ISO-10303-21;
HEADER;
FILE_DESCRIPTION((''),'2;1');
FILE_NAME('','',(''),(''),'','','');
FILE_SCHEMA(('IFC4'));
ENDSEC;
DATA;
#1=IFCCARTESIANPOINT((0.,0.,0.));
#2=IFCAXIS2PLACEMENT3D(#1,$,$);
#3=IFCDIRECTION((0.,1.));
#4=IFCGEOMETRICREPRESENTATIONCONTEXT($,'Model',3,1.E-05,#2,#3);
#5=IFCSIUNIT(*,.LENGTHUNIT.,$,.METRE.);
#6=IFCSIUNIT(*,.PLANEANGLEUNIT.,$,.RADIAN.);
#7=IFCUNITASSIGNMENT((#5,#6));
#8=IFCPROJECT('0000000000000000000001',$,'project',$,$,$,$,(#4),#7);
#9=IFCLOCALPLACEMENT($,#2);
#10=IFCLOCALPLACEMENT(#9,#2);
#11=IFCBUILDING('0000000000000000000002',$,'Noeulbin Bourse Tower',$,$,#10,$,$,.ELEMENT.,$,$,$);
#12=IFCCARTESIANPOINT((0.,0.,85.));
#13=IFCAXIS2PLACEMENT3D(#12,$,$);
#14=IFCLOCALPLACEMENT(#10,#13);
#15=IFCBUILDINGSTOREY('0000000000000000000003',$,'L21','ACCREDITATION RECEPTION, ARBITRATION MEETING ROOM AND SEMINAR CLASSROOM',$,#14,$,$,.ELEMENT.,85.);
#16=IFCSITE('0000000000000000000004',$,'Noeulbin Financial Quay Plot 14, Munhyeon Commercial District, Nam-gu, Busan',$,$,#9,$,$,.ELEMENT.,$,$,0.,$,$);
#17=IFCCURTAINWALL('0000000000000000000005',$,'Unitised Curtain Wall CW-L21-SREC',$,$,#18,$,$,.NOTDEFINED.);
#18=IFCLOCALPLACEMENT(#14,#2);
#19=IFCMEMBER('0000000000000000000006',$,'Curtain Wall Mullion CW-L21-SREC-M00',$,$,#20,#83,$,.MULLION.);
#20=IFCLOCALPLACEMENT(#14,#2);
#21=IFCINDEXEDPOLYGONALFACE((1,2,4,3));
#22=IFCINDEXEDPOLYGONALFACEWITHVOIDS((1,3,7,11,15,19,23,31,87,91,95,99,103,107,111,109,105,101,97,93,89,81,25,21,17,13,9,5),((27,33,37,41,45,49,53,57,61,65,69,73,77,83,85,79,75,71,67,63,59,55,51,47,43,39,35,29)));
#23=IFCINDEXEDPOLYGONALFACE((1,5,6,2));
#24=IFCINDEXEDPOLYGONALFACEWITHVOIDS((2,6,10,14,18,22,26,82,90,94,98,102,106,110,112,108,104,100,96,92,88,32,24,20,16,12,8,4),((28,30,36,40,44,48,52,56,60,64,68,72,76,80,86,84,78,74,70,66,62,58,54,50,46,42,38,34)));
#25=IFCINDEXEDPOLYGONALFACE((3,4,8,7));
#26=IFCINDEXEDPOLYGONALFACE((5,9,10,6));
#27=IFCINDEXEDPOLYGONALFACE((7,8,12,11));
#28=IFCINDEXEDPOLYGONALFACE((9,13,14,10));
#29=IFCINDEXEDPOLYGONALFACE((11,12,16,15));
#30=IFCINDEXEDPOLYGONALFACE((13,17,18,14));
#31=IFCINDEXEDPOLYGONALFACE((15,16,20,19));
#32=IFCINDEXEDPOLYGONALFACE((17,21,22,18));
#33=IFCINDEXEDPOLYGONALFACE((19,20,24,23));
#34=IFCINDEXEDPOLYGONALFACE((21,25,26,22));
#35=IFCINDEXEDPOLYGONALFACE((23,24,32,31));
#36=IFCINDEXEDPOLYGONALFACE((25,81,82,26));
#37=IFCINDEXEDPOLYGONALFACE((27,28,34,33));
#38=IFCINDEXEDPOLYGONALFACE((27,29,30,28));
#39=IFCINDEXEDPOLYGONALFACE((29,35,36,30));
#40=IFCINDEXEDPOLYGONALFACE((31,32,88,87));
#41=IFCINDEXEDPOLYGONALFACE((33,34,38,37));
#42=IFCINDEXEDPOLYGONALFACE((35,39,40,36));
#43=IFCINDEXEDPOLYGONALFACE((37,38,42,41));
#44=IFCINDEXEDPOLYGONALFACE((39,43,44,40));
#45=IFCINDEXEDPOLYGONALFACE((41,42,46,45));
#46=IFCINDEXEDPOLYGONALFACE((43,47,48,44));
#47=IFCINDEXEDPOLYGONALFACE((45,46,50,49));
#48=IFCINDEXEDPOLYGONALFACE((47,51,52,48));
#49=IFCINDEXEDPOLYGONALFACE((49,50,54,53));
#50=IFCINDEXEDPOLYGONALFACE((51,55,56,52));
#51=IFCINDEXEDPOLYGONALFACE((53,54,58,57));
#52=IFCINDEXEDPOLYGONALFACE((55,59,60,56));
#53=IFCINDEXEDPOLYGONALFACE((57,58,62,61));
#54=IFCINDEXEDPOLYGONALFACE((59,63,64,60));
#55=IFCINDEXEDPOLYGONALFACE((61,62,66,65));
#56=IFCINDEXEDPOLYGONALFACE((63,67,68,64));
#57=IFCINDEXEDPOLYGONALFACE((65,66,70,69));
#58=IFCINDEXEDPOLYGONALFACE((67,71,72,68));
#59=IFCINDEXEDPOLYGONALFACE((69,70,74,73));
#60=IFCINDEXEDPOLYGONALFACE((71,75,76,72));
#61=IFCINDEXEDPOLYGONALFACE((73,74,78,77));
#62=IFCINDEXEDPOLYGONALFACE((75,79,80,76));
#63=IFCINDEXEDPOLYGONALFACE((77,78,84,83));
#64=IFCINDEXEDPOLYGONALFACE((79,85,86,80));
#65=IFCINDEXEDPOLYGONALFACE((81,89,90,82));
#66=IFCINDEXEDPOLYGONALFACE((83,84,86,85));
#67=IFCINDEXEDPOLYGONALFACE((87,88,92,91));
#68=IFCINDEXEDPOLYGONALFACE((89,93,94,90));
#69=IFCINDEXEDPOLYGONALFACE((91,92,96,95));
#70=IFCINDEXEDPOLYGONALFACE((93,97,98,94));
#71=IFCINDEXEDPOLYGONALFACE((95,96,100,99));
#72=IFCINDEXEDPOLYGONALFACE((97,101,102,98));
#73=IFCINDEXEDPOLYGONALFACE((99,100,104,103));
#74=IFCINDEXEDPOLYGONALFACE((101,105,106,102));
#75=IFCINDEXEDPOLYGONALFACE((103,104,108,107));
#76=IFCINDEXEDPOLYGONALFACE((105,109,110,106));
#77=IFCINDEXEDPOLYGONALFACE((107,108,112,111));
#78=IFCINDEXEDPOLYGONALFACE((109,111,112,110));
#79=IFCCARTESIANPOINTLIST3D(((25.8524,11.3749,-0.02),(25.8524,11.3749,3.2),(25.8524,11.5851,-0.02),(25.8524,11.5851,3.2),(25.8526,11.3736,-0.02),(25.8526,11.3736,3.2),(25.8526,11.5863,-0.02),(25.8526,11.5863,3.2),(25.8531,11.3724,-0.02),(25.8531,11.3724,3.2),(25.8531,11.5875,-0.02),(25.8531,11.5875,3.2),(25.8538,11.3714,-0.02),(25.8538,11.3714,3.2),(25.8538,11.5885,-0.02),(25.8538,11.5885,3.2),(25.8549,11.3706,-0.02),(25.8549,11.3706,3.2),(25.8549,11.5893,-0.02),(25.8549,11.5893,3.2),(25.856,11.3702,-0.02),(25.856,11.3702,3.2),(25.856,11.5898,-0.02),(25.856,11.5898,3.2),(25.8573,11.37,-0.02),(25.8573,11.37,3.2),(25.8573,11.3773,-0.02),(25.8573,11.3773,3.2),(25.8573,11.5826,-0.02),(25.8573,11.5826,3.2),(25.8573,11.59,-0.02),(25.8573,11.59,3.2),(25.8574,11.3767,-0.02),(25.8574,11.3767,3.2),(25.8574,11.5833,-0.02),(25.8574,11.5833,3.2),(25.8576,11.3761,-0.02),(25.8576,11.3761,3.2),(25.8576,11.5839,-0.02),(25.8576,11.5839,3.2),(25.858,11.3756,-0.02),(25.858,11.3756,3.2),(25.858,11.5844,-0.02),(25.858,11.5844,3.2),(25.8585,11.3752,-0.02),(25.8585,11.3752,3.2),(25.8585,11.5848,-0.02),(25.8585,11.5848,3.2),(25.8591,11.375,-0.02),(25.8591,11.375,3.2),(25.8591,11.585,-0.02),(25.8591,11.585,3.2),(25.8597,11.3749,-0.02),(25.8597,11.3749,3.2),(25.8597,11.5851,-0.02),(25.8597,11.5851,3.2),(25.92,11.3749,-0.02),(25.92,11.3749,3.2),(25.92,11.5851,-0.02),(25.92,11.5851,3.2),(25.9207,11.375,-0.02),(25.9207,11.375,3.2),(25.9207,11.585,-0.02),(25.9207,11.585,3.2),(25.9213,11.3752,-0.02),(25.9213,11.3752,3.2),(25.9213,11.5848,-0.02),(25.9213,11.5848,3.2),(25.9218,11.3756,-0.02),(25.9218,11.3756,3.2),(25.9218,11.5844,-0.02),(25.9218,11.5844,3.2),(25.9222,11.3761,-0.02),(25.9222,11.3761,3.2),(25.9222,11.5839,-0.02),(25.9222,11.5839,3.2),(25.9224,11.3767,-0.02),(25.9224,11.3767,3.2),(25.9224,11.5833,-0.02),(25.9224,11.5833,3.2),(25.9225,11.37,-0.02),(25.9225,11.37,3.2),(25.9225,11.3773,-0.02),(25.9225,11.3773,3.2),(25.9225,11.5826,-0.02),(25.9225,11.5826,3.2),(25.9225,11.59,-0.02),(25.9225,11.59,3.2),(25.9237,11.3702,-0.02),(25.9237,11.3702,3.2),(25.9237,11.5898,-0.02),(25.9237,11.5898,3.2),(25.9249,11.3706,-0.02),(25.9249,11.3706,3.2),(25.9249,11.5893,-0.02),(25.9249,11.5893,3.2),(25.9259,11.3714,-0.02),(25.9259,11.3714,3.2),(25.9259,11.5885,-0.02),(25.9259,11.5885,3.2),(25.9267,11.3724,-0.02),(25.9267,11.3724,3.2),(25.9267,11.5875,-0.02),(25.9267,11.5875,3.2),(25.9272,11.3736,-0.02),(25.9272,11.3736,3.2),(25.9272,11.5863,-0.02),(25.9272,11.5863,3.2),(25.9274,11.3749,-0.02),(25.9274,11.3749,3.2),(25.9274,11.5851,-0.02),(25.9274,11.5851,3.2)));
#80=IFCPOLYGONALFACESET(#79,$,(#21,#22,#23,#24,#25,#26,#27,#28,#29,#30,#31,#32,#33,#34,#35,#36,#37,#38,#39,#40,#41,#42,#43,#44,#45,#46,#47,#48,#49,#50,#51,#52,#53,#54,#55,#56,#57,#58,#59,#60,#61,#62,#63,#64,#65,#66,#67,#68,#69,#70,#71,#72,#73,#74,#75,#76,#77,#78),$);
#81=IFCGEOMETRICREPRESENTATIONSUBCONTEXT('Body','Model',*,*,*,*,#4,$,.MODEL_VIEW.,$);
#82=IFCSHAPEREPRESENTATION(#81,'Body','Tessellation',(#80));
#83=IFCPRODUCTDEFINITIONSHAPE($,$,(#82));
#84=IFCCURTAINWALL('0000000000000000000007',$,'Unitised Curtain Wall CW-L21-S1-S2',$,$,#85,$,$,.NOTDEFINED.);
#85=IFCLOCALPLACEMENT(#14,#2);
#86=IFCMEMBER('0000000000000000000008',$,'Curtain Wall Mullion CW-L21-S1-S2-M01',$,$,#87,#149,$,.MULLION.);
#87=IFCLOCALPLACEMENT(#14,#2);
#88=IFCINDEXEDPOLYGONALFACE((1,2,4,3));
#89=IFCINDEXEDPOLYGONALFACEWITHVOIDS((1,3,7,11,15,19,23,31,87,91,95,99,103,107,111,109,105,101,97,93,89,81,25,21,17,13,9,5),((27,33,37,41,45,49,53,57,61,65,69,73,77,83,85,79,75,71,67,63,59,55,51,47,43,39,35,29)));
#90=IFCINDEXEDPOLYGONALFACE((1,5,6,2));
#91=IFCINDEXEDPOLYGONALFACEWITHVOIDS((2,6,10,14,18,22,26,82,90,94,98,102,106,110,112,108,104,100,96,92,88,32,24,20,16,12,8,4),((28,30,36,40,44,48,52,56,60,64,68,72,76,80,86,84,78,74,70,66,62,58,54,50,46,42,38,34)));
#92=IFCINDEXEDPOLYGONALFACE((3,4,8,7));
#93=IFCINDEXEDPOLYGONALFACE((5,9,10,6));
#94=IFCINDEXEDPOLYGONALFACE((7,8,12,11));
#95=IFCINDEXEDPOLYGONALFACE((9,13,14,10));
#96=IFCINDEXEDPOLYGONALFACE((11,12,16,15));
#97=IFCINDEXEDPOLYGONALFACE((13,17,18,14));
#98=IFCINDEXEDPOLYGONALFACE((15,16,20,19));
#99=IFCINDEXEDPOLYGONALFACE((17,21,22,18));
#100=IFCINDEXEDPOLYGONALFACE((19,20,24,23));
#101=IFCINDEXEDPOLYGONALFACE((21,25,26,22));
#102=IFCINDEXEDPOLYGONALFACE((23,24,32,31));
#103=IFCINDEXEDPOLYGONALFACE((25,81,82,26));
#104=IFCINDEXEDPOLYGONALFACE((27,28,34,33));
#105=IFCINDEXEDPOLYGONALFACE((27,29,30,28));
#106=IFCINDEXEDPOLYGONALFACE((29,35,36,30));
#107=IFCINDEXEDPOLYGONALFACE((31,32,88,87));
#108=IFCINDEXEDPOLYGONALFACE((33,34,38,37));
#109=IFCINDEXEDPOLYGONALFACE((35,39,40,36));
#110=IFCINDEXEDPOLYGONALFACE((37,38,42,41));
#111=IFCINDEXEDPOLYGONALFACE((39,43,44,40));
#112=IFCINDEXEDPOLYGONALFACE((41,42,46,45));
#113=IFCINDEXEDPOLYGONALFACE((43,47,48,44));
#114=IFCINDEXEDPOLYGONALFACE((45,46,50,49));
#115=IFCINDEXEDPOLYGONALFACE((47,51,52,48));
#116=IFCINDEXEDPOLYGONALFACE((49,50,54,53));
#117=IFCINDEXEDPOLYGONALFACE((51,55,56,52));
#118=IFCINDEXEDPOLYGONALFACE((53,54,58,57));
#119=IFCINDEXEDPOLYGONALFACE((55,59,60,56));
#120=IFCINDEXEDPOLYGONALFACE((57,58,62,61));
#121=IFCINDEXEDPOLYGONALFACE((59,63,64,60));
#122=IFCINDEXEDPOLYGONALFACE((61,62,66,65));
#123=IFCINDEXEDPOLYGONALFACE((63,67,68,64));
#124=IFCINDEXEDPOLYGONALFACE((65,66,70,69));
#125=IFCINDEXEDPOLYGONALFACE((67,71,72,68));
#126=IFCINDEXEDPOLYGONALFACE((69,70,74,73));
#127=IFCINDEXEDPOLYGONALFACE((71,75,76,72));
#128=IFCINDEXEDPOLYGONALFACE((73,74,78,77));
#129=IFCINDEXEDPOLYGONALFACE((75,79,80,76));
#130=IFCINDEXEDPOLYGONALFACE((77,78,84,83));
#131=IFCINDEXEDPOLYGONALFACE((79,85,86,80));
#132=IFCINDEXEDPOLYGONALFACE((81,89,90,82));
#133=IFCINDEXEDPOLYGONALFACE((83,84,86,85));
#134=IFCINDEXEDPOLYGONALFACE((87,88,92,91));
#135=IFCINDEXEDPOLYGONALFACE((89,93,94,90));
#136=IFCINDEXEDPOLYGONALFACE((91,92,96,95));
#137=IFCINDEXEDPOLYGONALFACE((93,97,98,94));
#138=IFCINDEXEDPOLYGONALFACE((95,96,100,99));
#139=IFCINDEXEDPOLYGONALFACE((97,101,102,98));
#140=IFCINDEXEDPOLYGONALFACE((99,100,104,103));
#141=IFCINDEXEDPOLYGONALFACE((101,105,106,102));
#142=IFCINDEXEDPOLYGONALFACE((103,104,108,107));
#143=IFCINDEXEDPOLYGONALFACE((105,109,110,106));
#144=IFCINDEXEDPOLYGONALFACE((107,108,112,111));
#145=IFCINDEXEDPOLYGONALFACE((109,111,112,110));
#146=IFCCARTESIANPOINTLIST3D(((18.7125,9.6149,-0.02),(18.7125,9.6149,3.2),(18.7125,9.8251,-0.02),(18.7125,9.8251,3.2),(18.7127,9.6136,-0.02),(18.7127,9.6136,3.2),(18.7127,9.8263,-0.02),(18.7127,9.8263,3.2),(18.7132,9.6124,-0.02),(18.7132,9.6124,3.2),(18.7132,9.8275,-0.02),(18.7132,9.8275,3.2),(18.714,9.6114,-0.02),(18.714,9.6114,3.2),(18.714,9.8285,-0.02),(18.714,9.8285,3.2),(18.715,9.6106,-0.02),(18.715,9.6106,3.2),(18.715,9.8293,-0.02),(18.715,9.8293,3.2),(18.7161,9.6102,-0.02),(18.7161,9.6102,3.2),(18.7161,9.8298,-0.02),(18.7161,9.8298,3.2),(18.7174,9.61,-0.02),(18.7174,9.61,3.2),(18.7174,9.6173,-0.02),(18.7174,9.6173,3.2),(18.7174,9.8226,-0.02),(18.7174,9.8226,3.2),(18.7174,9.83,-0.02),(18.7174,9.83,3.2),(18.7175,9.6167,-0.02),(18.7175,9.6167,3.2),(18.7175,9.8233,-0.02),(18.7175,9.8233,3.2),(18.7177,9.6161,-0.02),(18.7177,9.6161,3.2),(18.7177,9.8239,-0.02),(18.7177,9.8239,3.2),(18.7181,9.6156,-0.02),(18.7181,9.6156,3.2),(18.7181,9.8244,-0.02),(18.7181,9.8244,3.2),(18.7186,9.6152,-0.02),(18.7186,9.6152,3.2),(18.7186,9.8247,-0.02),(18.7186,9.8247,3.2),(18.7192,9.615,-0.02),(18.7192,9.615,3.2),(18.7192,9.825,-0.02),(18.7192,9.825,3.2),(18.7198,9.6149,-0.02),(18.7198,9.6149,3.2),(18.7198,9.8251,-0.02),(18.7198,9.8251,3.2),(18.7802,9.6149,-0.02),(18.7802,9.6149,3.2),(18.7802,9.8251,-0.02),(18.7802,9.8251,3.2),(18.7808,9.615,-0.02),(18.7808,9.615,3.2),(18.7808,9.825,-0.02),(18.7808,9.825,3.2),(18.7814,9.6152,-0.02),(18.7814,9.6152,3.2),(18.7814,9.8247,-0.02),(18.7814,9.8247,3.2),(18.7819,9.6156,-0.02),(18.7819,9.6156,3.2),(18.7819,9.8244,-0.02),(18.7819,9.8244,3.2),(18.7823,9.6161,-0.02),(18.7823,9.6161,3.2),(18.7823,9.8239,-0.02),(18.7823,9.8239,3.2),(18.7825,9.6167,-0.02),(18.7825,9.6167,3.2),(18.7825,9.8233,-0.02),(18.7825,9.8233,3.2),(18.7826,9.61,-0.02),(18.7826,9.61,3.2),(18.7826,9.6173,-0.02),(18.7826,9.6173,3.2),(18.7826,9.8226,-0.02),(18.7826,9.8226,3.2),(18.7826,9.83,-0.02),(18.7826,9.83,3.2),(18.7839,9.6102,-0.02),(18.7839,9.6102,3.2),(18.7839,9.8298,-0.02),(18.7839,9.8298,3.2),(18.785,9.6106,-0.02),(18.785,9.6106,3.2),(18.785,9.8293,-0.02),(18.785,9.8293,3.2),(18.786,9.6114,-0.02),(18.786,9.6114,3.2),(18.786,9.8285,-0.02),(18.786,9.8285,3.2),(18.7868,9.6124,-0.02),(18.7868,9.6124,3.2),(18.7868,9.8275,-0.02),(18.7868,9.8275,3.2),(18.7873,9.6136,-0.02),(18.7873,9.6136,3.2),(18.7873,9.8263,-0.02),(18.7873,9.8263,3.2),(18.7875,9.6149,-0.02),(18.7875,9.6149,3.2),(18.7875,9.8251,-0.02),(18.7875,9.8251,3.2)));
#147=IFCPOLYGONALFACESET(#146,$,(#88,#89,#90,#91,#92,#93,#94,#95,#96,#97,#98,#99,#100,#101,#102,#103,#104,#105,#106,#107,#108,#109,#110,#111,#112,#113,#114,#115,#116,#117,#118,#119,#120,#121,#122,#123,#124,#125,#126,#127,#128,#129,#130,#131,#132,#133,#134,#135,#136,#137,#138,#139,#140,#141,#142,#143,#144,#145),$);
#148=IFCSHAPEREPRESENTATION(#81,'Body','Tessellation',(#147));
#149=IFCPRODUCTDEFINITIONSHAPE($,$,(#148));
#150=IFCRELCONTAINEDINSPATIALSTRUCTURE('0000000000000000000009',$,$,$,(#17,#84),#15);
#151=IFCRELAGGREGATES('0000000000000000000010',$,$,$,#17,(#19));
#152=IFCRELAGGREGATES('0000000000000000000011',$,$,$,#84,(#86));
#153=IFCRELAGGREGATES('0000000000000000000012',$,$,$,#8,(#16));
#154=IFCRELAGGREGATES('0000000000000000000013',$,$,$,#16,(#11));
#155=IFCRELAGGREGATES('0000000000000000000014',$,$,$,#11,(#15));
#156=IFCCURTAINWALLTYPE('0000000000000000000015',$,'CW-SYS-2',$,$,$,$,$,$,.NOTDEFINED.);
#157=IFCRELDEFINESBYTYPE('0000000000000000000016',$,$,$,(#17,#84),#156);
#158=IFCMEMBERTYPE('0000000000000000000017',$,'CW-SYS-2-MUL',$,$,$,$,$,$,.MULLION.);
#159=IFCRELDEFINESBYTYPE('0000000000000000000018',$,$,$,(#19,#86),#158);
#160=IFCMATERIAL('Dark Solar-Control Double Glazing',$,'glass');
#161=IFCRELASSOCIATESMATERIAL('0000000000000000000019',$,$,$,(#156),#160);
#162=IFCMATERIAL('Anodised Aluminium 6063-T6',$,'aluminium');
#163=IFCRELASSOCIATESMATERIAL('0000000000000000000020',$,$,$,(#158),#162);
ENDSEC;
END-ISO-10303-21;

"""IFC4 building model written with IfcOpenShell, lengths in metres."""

from ifc_helpers import new_model, si_unit, direction, frame, origin, origin_2d, place, context, subcontext, project, spatial, hollow_rectangle, extrude, material, material_profile, profile_set, type_object, element, aggregate, save


model = new_model("IFC4")

# Units and contexts
model_context = context("Model", 3, precision=1e-05, world=origin(), true_north=direction((0.0, 1.0)))
body_context = subcontext(model_context, "Body", "Model", "MODEL_VIEW")
ifc_project = project(units=[si_unit("LENGTHUNIT", "METRE"), si_unit("PLANEANGLEUNIT", "RADIAN")], contexts=[model_context])

# Site, building, storey
site_placement = place(None, origin())
site = spatial("IfcSite", under=ifc_project, at=site_placement, Name="Noeulbin Financial Quay Plot 14, Munhyeon Commercial District, Nam-gu, Busan", CompositionType="ELEMENT", RefElevation=0.0)
building_placement = place(site_placement, origin())
building = spatial("IfcBuilding", under=site, at=building_placement, Name="Noeulbin Bourse Tower", CompositionType="ELEMENT")
storey_placement = place(building_placement, frame((0.0, 0.0, 85.0)))
storey = spatial("IfcBuildingStorey", under=building, at=storey_placement, Name="L21", Description="ACCREDITATION RECEPTION, ARBITRATION MEETING ROOM AND SEMINAR CLASSROOM", CompositionType="ELEMENT", Elevation=85.0)

# Curtain wall, member
ifc_material_1 = material(Name="Dark Solar-Control Double Glazing", Category="glass")
curtain_wall_type = type_object("IfcCurtainWallType", Name="CW-SYS-2", PredefinedType="NOTDEFINED", material=ifc_material_1)
curtain_wall_1_placement = place(storey_placement, origin())
curtain_wall_1 = element("IfcCurtainWall", 1, at=curtain_wall_1_placement, inside=storey, type_object=curtain_wall_type, Name="Unitised Curtain Wall CW-L21-SREC", PredefinedType="NOTDEFINED")
ifc_material_2 = material(Name="Anodised Aluminium 6063-T6", Category="aluminium")
ifc_material_profile_1 = material_profile(ifc_material_2, hollow_rectangle(XDim=0.075, YDim=0.22, WallThickness=0.0049, InnerFilletRadius=0.0024, OuterFilletRadius=0.0049, at=origin_2d()), Name="ALU-MULL-75x220x5", Category="LoadBearing")
ifc_profile_set_1 = profile_set([ifc_material_profile_1], Name="Anodised Aluminium 6063-T6")
member_type_1 = type_object("IfcMemberType", Name="CW-SYS-2-MUL", PredefinedType="MULLION", material=ifc_profile_set_1)
member_1_placement = place(storey_placement, frame((25.8899, 11.48, -0.02), z_axis=(0.0, 0.0, 1.0), x_axis=(1.0, 0.0, 0.0)))
member_1 = element("IfcMember", 2, at=member_1_placement, type_object=member_type_1, Name="Curtain Wall Mullion CW-L21-SREC-M00", PredefinedType="MULLION", context=body_context, shape_type="SweptSolid", body=[
    extrude(hollow_rectangle(XDim=0.075, YDim=0.22, WallThickness=0.0049, InnerFilletRadius=0.0024, OuterFilletRadius=0.0049, at=origin_2d()), origin(), (0.0, 0.0, 1.0), 3.22),
])

# Curtain wall, member
curtain_wall_2_placement = place(storey_placement, origin())
curtain_wall_2 = element("IfcCurtainWall", 3, at=curtain_wall_2_placement, inside=storey, type_object=curtain_wall_type, Name="Unitised Curtain Wall CW-L21-S1-S2", PredefinedType="NOTDEFINED")
member_2_placement = place(storey_placement, frame((18.75, 9.72, -0.02), z_axis=(0.0, 0.0, 1.0), x_axis=(1.0, 0.0, 0.0)))
member_2 = element("IfcMember", 4, at=member_2_placement, type_object=member_type_1, Name="Curtain Wall Mullion CW-L21-S1-S2-M01", PredefinedType="MULLION", context=body_context, shape_type="SweptSolid", body=[
    extrude(hollow_rectangle(XDim=0.075, YDim=0.22, WallThickness=0.0049, InnerFilletRadius=0.0024, OuterFilletRadius=0.0049, at=origin_2d()), origin(), (0.0, 0.0, 1.0), 3.22),
])

aggregate(curtain_wall_1, [member_1])

aggregate(curtain_wall_2, [member_2])

save(model, "model.ifc")
